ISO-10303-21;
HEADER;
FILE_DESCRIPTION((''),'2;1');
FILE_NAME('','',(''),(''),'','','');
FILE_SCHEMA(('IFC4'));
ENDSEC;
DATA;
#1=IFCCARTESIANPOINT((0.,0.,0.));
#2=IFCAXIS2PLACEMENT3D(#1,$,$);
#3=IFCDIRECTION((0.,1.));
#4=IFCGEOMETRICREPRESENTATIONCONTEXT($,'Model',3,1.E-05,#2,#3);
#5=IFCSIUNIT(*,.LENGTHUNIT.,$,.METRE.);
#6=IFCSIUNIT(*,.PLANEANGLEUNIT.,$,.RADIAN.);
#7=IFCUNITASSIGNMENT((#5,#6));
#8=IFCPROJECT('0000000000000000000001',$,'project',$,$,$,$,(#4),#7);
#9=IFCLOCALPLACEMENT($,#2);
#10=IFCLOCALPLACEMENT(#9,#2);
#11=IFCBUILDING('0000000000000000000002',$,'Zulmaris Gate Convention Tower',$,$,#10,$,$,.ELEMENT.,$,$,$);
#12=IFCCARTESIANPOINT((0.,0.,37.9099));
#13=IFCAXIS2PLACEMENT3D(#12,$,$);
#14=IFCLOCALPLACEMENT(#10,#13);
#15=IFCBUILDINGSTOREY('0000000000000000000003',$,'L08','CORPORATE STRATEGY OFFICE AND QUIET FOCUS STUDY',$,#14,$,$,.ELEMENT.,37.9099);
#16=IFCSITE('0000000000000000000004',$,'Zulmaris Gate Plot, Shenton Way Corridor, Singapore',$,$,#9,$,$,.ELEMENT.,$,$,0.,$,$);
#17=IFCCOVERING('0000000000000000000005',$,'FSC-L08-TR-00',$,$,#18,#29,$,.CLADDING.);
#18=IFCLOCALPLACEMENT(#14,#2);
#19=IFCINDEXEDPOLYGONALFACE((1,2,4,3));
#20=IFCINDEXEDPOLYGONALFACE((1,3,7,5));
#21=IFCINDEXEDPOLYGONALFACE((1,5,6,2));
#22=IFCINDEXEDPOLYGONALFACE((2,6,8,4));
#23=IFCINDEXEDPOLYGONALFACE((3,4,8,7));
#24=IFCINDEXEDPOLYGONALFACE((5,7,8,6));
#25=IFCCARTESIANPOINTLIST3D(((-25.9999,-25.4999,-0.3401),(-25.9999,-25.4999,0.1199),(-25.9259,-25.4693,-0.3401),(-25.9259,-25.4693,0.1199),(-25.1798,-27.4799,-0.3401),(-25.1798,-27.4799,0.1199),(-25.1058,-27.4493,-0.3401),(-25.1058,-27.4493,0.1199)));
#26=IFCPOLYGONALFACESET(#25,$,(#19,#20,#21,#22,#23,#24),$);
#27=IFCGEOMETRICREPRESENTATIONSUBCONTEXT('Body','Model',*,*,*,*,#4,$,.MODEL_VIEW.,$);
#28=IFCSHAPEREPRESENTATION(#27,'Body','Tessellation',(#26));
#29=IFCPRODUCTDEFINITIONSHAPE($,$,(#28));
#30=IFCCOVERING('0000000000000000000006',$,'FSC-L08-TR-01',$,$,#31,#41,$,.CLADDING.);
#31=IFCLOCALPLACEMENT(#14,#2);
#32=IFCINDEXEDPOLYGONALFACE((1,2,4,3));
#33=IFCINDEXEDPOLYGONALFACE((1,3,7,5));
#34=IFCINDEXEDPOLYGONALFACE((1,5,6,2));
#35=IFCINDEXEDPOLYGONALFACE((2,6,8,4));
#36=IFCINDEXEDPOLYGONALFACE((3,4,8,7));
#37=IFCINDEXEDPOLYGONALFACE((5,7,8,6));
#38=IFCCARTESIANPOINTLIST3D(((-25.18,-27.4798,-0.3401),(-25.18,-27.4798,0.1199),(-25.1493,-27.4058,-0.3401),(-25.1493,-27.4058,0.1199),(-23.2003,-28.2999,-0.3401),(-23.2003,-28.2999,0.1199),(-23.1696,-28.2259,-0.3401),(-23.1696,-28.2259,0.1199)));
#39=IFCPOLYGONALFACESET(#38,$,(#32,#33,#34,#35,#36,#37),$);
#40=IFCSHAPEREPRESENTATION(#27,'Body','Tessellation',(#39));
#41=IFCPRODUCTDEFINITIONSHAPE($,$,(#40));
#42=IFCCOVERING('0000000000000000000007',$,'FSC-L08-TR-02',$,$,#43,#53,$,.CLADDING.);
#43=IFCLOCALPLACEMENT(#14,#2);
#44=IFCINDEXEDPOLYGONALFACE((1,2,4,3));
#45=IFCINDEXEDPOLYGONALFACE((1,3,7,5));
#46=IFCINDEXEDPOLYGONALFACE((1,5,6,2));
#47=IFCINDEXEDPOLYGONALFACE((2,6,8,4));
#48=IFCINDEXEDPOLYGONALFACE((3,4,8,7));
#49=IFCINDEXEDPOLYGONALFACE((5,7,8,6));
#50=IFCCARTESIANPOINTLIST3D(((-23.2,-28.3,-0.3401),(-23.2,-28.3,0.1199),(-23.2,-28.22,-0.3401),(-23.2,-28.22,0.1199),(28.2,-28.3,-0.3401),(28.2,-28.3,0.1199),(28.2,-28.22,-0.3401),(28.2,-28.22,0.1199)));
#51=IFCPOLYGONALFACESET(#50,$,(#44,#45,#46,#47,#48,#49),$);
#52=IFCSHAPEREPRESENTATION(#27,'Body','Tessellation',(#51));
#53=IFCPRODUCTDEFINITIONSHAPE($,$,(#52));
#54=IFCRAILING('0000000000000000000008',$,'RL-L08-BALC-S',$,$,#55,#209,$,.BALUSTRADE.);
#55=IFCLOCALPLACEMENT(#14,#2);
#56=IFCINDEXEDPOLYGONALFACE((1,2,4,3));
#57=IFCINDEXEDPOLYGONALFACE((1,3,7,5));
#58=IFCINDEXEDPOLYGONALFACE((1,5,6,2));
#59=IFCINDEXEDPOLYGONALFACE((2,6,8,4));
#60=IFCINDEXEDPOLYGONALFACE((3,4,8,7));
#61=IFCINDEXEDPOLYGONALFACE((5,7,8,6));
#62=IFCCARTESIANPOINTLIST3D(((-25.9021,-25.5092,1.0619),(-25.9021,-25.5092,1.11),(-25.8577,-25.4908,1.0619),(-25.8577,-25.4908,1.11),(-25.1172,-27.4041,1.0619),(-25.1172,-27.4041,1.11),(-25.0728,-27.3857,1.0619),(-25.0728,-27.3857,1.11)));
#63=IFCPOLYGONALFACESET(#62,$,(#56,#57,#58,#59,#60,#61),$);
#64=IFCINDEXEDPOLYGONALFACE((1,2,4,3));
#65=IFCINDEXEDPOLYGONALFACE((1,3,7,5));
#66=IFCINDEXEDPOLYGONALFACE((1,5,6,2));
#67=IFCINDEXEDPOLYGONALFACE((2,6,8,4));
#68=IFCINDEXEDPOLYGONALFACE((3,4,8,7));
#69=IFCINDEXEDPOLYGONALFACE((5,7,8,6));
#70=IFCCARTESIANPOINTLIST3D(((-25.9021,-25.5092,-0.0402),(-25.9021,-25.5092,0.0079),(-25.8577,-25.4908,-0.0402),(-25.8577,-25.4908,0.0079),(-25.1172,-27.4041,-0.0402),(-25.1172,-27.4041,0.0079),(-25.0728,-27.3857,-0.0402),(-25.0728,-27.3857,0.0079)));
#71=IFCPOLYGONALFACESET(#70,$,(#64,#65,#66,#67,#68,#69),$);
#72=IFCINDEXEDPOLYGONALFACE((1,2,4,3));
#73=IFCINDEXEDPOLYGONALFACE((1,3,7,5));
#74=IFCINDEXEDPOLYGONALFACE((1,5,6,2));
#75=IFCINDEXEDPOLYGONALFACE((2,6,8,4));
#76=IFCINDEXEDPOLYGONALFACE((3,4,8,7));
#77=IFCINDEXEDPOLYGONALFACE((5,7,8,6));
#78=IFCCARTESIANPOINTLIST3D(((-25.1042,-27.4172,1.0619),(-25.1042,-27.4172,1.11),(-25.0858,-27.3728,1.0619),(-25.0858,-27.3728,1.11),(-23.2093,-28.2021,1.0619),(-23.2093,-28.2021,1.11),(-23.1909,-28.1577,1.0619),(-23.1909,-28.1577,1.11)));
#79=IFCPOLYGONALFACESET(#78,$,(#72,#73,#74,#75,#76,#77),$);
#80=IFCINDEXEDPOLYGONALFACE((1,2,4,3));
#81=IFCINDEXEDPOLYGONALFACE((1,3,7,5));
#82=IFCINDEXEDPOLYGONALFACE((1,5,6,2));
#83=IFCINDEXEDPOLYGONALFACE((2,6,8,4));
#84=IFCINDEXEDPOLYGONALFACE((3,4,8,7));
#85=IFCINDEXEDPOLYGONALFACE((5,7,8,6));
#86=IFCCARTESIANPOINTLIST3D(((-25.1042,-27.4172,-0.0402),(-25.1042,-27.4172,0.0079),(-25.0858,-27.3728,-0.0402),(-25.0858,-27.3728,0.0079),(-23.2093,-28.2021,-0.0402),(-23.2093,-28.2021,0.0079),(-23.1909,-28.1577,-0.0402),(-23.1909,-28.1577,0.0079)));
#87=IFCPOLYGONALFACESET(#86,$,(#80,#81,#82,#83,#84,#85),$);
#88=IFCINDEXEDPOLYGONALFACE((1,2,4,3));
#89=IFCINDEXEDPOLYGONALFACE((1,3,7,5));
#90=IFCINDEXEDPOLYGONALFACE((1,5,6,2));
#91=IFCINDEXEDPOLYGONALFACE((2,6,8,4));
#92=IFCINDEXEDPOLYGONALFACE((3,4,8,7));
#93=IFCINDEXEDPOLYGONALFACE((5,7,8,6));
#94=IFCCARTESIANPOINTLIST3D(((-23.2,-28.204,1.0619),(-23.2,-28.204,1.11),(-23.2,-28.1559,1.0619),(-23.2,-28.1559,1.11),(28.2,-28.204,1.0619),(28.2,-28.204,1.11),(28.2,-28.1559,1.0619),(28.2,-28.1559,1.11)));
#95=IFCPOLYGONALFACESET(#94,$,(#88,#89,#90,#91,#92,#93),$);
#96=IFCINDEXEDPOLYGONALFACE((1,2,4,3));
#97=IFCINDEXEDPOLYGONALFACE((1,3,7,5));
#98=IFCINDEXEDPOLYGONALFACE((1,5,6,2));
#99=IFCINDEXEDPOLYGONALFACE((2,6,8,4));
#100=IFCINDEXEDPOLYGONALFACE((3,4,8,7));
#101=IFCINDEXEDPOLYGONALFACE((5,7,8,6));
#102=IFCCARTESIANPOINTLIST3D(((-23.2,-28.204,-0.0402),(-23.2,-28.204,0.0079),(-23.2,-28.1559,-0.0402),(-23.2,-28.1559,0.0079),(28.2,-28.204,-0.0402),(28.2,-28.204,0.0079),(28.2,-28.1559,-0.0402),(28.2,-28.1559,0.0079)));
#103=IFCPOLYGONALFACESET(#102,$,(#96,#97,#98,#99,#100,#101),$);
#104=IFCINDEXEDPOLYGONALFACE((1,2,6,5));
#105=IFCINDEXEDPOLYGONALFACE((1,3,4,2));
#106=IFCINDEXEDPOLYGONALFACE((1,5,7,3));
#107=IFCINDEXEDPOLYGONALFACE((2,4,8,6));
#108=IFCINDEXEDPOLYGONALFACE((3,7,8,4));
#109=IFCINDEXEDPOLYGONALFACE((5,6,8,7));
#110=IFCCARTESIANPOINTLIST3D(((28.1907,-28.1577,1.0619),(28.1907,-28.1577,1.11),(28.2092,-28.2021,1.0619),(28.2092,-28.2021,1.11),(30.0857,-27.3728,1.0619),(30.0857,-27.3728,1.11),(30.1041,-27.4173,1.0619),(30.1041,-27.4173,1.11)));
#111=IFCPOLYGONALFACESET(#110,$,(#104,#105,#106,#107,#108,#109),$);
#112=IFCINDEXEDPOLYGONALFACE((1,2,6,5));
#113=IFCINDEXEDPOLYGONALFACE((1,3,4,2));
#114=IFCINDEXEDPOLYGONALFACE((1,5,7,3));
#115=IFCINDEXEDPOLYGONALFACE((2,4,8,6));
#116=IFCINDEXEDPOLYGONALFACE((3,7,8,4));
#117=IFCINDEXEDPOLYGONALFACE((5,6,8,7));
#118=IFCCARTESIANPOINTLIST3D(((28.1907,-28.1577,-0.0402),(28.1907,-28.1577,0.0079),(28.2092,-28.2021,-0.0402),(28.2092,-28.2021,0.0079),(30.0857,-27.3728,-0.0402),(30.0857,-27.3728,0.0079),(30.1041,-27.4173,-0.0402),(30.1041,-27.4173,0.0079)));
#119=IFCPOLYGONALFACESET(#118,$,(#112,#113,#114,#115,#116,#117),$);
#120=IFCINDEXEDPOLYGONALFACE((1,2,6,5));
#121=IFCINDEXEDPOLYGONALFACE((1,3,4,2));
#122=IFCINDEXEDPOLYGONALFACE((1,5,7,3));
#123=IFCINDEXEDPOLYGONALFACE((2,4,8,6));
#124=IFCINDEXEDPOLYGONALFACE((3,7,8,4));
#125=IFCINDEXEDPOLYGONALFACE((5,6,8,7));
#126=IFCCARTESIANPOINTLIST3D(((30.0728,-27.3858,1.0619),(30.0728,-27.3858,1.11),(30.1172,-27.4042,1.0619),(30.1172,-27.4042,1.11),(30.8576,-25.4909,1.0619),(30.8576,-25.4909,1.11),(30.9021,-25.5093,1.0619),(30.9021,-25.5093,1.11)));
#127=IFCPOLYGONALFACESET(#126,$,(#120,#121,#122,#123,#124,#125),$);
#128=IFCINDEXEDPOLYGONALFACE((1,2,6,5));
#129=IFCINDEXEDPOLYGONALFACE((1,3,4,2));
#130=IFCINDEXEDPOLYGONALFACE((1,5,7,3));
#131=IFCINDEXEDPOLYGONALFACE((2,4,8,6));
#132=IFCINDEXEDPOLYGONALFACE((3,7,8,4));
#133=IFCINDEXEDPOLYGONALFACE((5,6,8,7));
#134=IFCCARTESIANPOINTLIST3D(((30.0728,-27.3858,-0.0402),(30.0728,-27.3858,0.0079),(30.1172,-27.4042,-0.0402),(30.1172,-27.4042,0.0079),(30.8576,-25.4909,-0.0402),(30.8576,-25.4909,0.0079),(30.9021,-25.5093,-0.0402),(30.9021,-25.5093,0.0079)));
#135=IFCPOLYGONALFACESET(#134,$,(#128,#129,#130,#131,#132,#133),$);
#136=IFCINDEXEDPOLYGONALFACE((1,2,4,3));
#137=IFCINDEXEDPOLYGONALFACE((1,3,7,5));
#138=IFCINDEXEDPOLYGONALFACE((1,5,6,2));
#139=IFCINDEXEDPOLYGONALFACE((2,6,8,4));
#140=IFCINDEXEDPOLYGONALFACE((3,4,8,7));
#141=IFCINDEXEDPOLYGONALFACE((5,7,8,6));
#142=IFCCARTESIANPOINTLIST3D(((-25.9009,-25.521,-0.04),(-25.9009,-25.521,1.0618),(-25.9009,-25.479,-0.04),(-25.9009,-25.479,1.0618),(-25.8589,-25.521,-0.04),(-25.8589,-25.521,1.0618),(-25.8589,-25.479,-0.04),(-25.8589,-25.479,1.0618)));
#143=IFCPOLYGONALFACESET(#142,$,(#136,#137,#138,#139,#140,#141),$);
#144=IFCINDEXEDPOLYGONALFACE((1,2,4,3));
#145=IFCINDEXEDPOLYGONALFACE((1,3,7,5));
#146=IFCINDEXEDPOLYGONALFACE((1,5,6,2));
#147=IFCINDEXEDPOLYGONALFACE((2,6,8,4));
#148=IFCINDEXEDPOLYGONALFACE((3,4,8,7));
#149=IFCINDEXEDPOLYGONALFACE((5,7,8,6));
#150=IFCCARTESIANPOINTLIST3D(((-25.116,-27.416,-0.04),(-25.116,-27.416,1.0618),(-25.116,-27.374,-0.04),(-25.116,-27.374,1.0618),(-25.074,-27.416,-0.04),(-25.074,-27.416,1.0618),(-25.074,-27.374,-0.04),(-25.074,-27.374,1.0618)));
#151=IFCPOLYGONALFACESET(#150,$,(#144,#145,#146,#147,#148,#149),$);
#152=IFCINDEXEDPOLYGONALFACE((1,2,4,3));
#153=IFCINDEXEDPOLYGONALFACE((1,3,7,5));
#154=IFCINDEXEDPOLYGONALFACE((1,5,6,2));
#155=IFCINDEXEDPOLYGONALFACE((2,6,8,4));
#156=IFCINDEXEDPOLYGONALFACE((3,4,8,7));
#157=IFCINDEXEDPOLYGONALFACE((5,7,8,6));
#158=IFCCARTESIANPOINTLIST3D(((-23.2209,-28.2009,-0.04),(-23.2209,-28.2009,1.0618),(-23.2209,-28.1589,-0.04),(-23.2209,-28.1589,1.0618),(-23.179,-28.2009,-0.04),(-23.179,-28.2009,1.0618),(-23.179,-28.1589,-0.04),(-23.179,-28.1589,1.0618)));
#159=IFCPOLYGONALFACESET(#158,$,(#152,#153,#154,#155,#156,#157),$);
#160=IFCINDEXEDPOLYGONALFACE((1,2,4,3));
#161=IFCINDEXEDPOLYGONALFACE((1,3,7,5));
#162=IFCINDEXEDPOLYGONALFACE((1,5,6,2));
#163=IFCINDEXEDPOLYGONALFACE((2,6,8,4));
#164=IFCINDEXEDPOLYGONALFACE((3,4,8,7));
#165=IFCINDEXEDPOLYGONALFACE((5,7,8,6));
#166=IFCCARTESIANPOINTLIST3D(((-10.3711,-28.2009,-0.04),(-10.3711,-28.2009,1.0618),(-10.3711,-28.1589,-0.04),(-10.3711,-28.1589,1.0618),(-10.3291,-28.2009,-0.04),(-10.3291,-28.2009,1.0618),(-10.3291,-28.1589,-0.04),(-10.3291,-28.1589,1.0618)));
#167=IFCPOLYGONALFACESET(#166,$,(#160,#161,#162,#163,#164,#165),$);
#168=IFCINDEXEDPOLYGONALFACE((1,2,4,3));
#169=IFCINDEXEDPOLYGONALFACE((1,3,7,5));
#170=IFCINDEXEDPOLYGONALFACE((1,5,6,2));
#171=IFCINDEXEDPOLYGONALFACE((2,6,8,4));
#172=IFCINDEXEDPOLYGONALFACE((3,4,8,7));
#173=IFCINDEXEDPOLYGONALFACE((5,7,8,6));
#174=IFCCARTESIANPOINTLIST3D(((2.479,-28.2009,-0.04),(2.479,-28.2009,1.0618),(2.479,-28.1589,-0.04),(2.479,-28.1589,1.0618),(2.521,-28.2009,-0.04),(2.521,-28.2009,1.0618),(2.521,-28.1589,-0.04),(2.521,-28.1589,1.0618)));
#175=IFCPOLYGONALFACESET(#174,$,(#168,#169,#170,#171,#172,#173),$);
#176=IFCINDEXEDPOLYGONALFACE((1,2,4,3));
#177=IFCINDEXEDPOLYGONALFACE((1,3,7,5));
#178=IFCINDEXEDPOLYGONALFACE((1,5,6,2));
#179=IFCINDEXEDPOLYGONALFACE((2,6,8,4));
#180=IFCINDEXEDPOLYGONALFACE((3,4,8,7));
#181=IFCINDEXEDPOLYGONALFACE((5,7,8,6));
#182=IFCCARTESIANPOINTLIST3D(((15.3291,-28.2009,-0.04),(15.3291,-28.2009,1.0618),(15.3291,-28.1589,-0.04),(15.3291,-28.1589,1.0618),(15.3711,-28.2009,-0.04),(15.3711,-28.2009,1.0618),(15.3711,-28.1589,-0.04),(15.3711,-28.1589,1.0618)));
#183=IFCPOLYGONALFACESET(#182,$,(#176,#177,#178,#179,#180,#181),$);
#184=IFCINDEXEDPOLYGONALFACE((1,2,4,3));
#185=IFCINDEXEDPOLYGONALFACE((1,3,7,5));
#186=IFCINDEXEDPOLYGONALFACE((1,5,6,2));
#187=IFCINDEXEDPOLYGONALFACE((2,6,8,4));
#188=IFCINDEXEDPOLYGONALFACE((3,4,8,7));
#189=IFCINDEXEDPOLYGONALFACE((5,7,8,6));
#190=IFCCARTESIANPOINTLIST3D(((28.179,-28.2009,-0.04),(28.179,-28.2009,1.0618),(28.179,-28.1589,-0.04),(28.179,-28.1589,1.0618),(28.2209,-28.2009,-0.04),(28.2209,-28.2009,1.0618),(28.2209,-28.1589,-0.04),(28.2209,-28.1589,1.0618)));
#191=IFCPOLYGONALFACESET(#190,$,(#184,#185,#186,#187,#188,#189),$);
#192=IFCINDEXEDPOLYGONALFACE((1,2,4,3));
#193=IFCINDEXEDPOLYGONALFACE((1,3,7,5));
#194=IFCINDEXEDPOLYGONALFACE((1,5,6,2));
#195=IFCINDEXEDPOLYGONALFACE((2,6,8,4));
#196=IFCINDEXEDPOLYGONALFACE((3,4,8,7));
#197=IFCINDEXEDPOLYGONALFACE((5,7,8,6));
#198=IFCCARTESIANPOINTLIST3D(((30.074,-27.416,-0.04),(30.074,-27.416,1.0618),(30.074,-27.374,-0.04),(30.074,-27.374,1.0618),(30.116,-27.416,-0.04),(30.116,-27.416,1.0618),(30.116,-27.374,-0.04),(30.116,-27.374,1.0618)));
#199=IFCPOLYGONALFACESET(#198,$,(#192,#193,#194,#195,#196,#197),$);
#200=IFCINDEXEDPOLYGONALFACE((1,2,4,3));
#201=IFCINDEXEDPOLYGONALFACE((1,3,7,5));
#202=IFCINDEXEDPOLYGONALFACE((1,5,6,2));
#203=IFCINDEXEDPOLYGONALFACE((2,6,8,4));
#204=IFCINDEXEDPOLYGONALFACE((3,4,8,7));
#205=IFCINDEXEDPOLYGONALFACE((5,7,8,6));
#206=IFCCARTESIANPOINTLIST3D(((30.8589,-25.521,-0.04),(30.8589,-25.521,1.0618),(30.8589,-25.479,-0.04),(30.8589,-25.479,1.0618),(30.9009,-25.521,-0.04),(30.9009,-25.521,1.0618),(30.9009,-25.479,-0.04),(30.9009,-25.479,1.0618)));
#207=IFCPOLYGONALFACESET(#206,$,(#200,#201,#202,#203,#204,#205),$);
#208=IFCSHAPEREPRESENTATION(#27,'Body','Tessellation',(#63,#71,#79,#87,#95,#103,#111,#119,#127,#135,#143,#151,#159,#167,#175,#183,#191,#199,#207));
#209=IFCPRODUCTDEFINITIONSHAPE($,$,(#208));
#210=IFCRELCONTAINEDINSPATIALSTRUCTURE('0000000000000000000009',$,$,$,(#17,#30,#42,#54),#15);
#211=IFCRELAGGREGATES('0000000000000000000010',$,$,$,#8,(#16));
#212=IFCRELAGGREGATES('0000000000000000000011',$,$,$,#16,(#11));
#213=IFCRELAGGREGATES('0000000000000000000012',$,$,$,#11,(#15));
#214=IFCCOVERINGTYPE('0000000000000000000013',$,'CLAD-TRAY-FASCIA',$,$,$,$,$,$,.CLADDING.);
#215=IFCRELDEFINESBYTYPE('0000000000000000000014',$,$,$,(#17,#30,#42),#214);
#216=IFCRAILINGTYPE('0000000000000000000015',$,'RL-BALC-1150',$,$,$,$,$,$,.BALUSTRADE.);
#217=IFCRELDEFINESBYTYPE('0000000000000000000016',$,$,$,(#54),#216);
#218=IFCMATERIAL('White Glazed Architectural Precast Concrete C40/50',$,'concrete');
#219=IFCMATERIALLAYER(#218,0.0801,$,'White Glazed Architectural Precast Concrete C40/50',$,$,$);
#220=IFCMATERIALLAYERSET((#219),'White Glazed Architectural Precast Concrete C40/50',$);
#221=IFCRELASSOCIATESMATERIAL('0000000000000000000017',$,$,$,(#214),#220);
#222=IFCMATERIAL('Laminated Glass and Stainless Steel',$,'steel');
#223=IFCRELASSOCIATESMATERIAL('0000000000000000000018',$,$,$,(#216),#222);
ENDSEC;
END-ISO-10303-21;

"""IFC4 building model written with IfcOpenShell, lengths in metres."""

from ifc_helpers import new_model, si_unit, direction, frame, frame_2d, origin, origin_2d, place, context, subcontext, project, spatial, rectangle, extrude, material, layer, layer_set, type_object, element, save


model = new_model("IFC4")

# Units and contexts
model_context = context("Model", 3, precision=1e-05, world=origin(), true_north=direction((0.0, 1.0)))
body_context = subcontext(model_context, "Body", "Model", "MODEL_VIEW")
ifc_project = project(units=[si_unit("LENGTHUNIT", "METRE"), si_unit("PLANEANGLEUNIT", "RADIAN")], contexts=[model_context])

# Site, building, storey
site_placement = place(None, origin())
site = spatial("IfcSite", under=ifc_project, at=site_placement, Name="Zulmaris Gate Plot, Shenton Way Corridor, Singapore", CompositionType="ELEMENT", RefElevation=0.0)
building_placement = place(site_placement, origin())
building = spatial("IfcBuilding", under=site, at=building_placement, Name="Zulmaris Gate Convention Tower", CompositionType="ELEMENT")
storey_placement = place(building_placement, frame((0.0, 0.0, 37.9099)))
storey = spatial("IfcBuildingStorey", under=building, at=storey_placement, Name="L08", Description="CORPORATE STRATEGY OFFICE AND QUIET FOCUS STUDY", CompositionType="ELEMENT", Elevation=37.9099)

# Coverings
ifc_material_1 = material(Name="White Glazed Architectural Precast Concrete C40/50", Category="concrete")
ifc_layer_1 = layer(ifc_material_1, 0.0801, Name="White Glazed Architectural Precast Concrete C40/50")
ifc_layer_set_1 = layer_set([ifc_layer_1], Name="White Glazed Architectural Precast Concrete C40/50")
covering_type_1 = type_object("IfcCoveringType", Name="CLAD-TRAY-FASCIA", PredefinedType="CLADDING", material=ifc_layer_set_1)
covering_1_placement = place(storey_placement, frame((-25.9629, -25.4846, -0.3401), z_axis=(0.0, 0.0, 1.0), x_axis=(0.382657, -0.92389, 0.0)))
element("IfcCovering", 1, at=covering_1_placement, inside=storey, type_object=covering_type_1, Name="FSC-L08-TR-00", PredefinedType="CLADDING", context=body_context, shape_type="SweptSolid", body=[
    extrude(rectangle(XDim=2.1431, YDim=0.0801, at=frame_2d((1.0715, 0.0))), origin(), (0.0, 0.0, 1.0), 0.46),
])
covering_2_placement = place(storey_placement, frame((-25.1646, -27.4429, -0.3401), z_axis=(0.0, 0.0, 1.0), x_axis=(0.923874, -0.382697, 0.0)))
element("IfcCovering", 2, at=covering_2_placement, inside=storey, type_object=covering_type_1, Name="FSC-L08-TR-01", PredefinedType="CLADDING", context=body_context, shape_type="SweptSolid", body=[
    extrude(rectangle(XDim=2.1428, YDim=0.0801, at=frame_2d((1.0713, 0.0))), origin(), (0.0, 0.0, 1.0), 0.46),
])
covering_3_placement = place(storey_placement, frame((-23.2, -28.26, -0.3401), z_axis=(0.0, 0.0, 1.0), x_axis=(1.0, 0.0, 0.0)))
element("IfcCovering", 3, at=covering_3_placement, inside=storey, type_object=covering_type_1, Name="FSC-L08-TR-02", PredefinedType="CLADDING", context=body_context, shape_type="SweptSolid", body=[
    extrude(rectangle(XDim=51.3999, YDim=0.0801, at=frame_2d((25.7, 0.0))), origin(), (0.0, 0.0, 1.0), 0.46),
])

# Railing
ifc_material_2 = material(Name="Laminated Glass and Stainless Steel", Category="steel")
railing_type = type_object("IfcRailingType", Name="RL-BALC-1150", PredefinedType="BALUSTRADE", material=ifc_material_2)
railing_placement = place(storey_placement, frame((-25.8799, -25.5, -0.04)))
element("IfcRailing", 4, at=railing_placement, inside=storey, type_object=railing_type, Name="RL-L08-BALC-S", PredefinedType="BALUSTRADE", context=body_context, shape_type="SweptSolid", body=[
    extrude(rectangle(XDim=0.0481, YDim=0.0481, at=origin_2d()), frame((0.0, 0.0, 1.126), z_axis=(0.382671, -0.923885, 0.0), x_axis=(0.923885, 0.382671, 0.0)), (0.0, 0.0, 1.0), 2.051),
    extrude(rectangle(XDim=0.0481, YDim=0.0481, at=origin_2d()), frame((0.0, 0.0, 0.0239), z_axis=(0.382671, -0.923885, 0.0), x_axis=(0.923885, 0.382671, 0.0)), (0.0, 0.0, 1.0), 2.051),
    extrude(rectangle(XDim=0.0481, YDim=0.0481, at=origin_2d()), frame((0.7849, -1.895, 1.126), z_axis=(0.923885, -0.382671, 0.0), x_axis=(0.382671, 0.923885, 0.0)), (0.0, 0.0, 1.0), 2.051),
    extrude(rectangle(XDim=0.0481, YDim=0.0481, at=origin_2d()), frame((0.7849, -1.895, 0.0239), z_axis=(0.923885, -0.382671, 0.0), x_axis=(0.382671, 0.923885, 0.0)), (0.0, 0.0, 1.0), 2.051),
    extrude(rectangle(XDim=0.0481, YDim=0.0481, at=origin_2d()), frame((2.6799, -2.6799, 1.126), z_axis=(1.0, 0.0, 0.0), x_axis=(0.0, 1.0, 0.0)), (0.0, 0.0, 1.0), 51.3999),
    extrude(rectangle(XDim=0.0481, YDim=0.0481, at=origin_2d()), frame((2.6799, -2.6799, 0.0239), z_axis=(1.0, 0.0, 0.0), x_axis=(0.0, 1.0, 0.0)), (0.0, 0.0, 1.0), 51.3999),
    extrude(rectangle(XDim=0.0481, YDim=0.0481, at=origin_2d()), frame((54.0798, -2.6799, 1.126), z_axis=(0.923885, 0.382671, 0.0), x_axis=(-0.382671, 0.923885, 0.0)), (0.0, 0.0, 1.0), 2.051),
    extrude(rectangle(XDim=0.0481, YDim=0.0481, at=origin_2d()), frame((54.0798, -2.6799, 0.0239), z_axis=(0.923885, 0.382671, 0.0), x_axis=(-0.382671, 0.923885, 0.0)), (0.0, 0.0, 1.0), 2.051),
    extrude(rectangle(XDim=0.0481, YDim=0.0481, at=origin_2d()), frame((55.9749, -1.895, 1.126), z_axis=(0.382671, 0.923885, 0.0), x_axis=(-0.923885, 0.382671, 0.0)), (0.0, 0.0, 1.0), 2.051),
    extrude(rectangle(XDim=0.0481, YDim=0.0481, at=origin_2d()), frame((55.9749, -1.895, 0.0239), z_axis=(0.382671, 0.923885, 0.0), x_axis=(-0.923885, 0.382671, 0.0)), (0.0, 0.0, 1.0), 2.051),
    extrude(rectangle(XDim=0.042, YDim=0.042, at=origin_2d()), origin(), (0.0, 0.0, 1.0), 1.1018),
    extrude(rectangle(XDim=0.042, YDim=0.042, at=origin_2d()), frame((0.7849, -1.895, 0.0)), (0.0, 0.0, 1.0), 1.1018),
    extrude(rectangle(XDim=0.042, YDim=0.042, at=origin_2d()), frame((2.6799, -2.6799, 0.0)), (0.0, 0.0, 1.0), 1.1018),
    extrude(rectangle(XDim=0.042, YDim=0.042, at=origin_2d()), frame((15.5298, -2.6799, 0.0)), (0.0, 0.0, 1.0), 1.1018),
    extrude(rectangle(XDim=0.042, YDim=0.042, at=origin_2d()), frame((28.3799, -2.6799, 0.0)), (0.0, 0.0, 1.0), 1.1018),
    extrude(rectangle(XDim=0.042, YDim=0.042, at=origin_2d()), frame((41.23, -2.6799, 0.0)), (0.0, 0.0, 1.0), 1.1018),
    extrude(rectangle(XDim=0.042, YDim=0.042, at=origin_2d()), frame((54.0798, -2.6799, 0.0)), (0.0, 0.0, 1.0), 1.1018),
    extrude(rectangle(XDim=0.042, YDim=0.042, at=origin_2d()), frame((55.9749, -1.895, 0.0)), (0.0, 0.0, 1.0), 1.1018),
    extrude(rectangle(XDim=0.042, YDim=0.042, at=origin_2d()), frame((56.7598, 0.0, 0.0)), (0.0, 0.0, 1.0), 1.1018),
])

save(model, "model.ifc")
